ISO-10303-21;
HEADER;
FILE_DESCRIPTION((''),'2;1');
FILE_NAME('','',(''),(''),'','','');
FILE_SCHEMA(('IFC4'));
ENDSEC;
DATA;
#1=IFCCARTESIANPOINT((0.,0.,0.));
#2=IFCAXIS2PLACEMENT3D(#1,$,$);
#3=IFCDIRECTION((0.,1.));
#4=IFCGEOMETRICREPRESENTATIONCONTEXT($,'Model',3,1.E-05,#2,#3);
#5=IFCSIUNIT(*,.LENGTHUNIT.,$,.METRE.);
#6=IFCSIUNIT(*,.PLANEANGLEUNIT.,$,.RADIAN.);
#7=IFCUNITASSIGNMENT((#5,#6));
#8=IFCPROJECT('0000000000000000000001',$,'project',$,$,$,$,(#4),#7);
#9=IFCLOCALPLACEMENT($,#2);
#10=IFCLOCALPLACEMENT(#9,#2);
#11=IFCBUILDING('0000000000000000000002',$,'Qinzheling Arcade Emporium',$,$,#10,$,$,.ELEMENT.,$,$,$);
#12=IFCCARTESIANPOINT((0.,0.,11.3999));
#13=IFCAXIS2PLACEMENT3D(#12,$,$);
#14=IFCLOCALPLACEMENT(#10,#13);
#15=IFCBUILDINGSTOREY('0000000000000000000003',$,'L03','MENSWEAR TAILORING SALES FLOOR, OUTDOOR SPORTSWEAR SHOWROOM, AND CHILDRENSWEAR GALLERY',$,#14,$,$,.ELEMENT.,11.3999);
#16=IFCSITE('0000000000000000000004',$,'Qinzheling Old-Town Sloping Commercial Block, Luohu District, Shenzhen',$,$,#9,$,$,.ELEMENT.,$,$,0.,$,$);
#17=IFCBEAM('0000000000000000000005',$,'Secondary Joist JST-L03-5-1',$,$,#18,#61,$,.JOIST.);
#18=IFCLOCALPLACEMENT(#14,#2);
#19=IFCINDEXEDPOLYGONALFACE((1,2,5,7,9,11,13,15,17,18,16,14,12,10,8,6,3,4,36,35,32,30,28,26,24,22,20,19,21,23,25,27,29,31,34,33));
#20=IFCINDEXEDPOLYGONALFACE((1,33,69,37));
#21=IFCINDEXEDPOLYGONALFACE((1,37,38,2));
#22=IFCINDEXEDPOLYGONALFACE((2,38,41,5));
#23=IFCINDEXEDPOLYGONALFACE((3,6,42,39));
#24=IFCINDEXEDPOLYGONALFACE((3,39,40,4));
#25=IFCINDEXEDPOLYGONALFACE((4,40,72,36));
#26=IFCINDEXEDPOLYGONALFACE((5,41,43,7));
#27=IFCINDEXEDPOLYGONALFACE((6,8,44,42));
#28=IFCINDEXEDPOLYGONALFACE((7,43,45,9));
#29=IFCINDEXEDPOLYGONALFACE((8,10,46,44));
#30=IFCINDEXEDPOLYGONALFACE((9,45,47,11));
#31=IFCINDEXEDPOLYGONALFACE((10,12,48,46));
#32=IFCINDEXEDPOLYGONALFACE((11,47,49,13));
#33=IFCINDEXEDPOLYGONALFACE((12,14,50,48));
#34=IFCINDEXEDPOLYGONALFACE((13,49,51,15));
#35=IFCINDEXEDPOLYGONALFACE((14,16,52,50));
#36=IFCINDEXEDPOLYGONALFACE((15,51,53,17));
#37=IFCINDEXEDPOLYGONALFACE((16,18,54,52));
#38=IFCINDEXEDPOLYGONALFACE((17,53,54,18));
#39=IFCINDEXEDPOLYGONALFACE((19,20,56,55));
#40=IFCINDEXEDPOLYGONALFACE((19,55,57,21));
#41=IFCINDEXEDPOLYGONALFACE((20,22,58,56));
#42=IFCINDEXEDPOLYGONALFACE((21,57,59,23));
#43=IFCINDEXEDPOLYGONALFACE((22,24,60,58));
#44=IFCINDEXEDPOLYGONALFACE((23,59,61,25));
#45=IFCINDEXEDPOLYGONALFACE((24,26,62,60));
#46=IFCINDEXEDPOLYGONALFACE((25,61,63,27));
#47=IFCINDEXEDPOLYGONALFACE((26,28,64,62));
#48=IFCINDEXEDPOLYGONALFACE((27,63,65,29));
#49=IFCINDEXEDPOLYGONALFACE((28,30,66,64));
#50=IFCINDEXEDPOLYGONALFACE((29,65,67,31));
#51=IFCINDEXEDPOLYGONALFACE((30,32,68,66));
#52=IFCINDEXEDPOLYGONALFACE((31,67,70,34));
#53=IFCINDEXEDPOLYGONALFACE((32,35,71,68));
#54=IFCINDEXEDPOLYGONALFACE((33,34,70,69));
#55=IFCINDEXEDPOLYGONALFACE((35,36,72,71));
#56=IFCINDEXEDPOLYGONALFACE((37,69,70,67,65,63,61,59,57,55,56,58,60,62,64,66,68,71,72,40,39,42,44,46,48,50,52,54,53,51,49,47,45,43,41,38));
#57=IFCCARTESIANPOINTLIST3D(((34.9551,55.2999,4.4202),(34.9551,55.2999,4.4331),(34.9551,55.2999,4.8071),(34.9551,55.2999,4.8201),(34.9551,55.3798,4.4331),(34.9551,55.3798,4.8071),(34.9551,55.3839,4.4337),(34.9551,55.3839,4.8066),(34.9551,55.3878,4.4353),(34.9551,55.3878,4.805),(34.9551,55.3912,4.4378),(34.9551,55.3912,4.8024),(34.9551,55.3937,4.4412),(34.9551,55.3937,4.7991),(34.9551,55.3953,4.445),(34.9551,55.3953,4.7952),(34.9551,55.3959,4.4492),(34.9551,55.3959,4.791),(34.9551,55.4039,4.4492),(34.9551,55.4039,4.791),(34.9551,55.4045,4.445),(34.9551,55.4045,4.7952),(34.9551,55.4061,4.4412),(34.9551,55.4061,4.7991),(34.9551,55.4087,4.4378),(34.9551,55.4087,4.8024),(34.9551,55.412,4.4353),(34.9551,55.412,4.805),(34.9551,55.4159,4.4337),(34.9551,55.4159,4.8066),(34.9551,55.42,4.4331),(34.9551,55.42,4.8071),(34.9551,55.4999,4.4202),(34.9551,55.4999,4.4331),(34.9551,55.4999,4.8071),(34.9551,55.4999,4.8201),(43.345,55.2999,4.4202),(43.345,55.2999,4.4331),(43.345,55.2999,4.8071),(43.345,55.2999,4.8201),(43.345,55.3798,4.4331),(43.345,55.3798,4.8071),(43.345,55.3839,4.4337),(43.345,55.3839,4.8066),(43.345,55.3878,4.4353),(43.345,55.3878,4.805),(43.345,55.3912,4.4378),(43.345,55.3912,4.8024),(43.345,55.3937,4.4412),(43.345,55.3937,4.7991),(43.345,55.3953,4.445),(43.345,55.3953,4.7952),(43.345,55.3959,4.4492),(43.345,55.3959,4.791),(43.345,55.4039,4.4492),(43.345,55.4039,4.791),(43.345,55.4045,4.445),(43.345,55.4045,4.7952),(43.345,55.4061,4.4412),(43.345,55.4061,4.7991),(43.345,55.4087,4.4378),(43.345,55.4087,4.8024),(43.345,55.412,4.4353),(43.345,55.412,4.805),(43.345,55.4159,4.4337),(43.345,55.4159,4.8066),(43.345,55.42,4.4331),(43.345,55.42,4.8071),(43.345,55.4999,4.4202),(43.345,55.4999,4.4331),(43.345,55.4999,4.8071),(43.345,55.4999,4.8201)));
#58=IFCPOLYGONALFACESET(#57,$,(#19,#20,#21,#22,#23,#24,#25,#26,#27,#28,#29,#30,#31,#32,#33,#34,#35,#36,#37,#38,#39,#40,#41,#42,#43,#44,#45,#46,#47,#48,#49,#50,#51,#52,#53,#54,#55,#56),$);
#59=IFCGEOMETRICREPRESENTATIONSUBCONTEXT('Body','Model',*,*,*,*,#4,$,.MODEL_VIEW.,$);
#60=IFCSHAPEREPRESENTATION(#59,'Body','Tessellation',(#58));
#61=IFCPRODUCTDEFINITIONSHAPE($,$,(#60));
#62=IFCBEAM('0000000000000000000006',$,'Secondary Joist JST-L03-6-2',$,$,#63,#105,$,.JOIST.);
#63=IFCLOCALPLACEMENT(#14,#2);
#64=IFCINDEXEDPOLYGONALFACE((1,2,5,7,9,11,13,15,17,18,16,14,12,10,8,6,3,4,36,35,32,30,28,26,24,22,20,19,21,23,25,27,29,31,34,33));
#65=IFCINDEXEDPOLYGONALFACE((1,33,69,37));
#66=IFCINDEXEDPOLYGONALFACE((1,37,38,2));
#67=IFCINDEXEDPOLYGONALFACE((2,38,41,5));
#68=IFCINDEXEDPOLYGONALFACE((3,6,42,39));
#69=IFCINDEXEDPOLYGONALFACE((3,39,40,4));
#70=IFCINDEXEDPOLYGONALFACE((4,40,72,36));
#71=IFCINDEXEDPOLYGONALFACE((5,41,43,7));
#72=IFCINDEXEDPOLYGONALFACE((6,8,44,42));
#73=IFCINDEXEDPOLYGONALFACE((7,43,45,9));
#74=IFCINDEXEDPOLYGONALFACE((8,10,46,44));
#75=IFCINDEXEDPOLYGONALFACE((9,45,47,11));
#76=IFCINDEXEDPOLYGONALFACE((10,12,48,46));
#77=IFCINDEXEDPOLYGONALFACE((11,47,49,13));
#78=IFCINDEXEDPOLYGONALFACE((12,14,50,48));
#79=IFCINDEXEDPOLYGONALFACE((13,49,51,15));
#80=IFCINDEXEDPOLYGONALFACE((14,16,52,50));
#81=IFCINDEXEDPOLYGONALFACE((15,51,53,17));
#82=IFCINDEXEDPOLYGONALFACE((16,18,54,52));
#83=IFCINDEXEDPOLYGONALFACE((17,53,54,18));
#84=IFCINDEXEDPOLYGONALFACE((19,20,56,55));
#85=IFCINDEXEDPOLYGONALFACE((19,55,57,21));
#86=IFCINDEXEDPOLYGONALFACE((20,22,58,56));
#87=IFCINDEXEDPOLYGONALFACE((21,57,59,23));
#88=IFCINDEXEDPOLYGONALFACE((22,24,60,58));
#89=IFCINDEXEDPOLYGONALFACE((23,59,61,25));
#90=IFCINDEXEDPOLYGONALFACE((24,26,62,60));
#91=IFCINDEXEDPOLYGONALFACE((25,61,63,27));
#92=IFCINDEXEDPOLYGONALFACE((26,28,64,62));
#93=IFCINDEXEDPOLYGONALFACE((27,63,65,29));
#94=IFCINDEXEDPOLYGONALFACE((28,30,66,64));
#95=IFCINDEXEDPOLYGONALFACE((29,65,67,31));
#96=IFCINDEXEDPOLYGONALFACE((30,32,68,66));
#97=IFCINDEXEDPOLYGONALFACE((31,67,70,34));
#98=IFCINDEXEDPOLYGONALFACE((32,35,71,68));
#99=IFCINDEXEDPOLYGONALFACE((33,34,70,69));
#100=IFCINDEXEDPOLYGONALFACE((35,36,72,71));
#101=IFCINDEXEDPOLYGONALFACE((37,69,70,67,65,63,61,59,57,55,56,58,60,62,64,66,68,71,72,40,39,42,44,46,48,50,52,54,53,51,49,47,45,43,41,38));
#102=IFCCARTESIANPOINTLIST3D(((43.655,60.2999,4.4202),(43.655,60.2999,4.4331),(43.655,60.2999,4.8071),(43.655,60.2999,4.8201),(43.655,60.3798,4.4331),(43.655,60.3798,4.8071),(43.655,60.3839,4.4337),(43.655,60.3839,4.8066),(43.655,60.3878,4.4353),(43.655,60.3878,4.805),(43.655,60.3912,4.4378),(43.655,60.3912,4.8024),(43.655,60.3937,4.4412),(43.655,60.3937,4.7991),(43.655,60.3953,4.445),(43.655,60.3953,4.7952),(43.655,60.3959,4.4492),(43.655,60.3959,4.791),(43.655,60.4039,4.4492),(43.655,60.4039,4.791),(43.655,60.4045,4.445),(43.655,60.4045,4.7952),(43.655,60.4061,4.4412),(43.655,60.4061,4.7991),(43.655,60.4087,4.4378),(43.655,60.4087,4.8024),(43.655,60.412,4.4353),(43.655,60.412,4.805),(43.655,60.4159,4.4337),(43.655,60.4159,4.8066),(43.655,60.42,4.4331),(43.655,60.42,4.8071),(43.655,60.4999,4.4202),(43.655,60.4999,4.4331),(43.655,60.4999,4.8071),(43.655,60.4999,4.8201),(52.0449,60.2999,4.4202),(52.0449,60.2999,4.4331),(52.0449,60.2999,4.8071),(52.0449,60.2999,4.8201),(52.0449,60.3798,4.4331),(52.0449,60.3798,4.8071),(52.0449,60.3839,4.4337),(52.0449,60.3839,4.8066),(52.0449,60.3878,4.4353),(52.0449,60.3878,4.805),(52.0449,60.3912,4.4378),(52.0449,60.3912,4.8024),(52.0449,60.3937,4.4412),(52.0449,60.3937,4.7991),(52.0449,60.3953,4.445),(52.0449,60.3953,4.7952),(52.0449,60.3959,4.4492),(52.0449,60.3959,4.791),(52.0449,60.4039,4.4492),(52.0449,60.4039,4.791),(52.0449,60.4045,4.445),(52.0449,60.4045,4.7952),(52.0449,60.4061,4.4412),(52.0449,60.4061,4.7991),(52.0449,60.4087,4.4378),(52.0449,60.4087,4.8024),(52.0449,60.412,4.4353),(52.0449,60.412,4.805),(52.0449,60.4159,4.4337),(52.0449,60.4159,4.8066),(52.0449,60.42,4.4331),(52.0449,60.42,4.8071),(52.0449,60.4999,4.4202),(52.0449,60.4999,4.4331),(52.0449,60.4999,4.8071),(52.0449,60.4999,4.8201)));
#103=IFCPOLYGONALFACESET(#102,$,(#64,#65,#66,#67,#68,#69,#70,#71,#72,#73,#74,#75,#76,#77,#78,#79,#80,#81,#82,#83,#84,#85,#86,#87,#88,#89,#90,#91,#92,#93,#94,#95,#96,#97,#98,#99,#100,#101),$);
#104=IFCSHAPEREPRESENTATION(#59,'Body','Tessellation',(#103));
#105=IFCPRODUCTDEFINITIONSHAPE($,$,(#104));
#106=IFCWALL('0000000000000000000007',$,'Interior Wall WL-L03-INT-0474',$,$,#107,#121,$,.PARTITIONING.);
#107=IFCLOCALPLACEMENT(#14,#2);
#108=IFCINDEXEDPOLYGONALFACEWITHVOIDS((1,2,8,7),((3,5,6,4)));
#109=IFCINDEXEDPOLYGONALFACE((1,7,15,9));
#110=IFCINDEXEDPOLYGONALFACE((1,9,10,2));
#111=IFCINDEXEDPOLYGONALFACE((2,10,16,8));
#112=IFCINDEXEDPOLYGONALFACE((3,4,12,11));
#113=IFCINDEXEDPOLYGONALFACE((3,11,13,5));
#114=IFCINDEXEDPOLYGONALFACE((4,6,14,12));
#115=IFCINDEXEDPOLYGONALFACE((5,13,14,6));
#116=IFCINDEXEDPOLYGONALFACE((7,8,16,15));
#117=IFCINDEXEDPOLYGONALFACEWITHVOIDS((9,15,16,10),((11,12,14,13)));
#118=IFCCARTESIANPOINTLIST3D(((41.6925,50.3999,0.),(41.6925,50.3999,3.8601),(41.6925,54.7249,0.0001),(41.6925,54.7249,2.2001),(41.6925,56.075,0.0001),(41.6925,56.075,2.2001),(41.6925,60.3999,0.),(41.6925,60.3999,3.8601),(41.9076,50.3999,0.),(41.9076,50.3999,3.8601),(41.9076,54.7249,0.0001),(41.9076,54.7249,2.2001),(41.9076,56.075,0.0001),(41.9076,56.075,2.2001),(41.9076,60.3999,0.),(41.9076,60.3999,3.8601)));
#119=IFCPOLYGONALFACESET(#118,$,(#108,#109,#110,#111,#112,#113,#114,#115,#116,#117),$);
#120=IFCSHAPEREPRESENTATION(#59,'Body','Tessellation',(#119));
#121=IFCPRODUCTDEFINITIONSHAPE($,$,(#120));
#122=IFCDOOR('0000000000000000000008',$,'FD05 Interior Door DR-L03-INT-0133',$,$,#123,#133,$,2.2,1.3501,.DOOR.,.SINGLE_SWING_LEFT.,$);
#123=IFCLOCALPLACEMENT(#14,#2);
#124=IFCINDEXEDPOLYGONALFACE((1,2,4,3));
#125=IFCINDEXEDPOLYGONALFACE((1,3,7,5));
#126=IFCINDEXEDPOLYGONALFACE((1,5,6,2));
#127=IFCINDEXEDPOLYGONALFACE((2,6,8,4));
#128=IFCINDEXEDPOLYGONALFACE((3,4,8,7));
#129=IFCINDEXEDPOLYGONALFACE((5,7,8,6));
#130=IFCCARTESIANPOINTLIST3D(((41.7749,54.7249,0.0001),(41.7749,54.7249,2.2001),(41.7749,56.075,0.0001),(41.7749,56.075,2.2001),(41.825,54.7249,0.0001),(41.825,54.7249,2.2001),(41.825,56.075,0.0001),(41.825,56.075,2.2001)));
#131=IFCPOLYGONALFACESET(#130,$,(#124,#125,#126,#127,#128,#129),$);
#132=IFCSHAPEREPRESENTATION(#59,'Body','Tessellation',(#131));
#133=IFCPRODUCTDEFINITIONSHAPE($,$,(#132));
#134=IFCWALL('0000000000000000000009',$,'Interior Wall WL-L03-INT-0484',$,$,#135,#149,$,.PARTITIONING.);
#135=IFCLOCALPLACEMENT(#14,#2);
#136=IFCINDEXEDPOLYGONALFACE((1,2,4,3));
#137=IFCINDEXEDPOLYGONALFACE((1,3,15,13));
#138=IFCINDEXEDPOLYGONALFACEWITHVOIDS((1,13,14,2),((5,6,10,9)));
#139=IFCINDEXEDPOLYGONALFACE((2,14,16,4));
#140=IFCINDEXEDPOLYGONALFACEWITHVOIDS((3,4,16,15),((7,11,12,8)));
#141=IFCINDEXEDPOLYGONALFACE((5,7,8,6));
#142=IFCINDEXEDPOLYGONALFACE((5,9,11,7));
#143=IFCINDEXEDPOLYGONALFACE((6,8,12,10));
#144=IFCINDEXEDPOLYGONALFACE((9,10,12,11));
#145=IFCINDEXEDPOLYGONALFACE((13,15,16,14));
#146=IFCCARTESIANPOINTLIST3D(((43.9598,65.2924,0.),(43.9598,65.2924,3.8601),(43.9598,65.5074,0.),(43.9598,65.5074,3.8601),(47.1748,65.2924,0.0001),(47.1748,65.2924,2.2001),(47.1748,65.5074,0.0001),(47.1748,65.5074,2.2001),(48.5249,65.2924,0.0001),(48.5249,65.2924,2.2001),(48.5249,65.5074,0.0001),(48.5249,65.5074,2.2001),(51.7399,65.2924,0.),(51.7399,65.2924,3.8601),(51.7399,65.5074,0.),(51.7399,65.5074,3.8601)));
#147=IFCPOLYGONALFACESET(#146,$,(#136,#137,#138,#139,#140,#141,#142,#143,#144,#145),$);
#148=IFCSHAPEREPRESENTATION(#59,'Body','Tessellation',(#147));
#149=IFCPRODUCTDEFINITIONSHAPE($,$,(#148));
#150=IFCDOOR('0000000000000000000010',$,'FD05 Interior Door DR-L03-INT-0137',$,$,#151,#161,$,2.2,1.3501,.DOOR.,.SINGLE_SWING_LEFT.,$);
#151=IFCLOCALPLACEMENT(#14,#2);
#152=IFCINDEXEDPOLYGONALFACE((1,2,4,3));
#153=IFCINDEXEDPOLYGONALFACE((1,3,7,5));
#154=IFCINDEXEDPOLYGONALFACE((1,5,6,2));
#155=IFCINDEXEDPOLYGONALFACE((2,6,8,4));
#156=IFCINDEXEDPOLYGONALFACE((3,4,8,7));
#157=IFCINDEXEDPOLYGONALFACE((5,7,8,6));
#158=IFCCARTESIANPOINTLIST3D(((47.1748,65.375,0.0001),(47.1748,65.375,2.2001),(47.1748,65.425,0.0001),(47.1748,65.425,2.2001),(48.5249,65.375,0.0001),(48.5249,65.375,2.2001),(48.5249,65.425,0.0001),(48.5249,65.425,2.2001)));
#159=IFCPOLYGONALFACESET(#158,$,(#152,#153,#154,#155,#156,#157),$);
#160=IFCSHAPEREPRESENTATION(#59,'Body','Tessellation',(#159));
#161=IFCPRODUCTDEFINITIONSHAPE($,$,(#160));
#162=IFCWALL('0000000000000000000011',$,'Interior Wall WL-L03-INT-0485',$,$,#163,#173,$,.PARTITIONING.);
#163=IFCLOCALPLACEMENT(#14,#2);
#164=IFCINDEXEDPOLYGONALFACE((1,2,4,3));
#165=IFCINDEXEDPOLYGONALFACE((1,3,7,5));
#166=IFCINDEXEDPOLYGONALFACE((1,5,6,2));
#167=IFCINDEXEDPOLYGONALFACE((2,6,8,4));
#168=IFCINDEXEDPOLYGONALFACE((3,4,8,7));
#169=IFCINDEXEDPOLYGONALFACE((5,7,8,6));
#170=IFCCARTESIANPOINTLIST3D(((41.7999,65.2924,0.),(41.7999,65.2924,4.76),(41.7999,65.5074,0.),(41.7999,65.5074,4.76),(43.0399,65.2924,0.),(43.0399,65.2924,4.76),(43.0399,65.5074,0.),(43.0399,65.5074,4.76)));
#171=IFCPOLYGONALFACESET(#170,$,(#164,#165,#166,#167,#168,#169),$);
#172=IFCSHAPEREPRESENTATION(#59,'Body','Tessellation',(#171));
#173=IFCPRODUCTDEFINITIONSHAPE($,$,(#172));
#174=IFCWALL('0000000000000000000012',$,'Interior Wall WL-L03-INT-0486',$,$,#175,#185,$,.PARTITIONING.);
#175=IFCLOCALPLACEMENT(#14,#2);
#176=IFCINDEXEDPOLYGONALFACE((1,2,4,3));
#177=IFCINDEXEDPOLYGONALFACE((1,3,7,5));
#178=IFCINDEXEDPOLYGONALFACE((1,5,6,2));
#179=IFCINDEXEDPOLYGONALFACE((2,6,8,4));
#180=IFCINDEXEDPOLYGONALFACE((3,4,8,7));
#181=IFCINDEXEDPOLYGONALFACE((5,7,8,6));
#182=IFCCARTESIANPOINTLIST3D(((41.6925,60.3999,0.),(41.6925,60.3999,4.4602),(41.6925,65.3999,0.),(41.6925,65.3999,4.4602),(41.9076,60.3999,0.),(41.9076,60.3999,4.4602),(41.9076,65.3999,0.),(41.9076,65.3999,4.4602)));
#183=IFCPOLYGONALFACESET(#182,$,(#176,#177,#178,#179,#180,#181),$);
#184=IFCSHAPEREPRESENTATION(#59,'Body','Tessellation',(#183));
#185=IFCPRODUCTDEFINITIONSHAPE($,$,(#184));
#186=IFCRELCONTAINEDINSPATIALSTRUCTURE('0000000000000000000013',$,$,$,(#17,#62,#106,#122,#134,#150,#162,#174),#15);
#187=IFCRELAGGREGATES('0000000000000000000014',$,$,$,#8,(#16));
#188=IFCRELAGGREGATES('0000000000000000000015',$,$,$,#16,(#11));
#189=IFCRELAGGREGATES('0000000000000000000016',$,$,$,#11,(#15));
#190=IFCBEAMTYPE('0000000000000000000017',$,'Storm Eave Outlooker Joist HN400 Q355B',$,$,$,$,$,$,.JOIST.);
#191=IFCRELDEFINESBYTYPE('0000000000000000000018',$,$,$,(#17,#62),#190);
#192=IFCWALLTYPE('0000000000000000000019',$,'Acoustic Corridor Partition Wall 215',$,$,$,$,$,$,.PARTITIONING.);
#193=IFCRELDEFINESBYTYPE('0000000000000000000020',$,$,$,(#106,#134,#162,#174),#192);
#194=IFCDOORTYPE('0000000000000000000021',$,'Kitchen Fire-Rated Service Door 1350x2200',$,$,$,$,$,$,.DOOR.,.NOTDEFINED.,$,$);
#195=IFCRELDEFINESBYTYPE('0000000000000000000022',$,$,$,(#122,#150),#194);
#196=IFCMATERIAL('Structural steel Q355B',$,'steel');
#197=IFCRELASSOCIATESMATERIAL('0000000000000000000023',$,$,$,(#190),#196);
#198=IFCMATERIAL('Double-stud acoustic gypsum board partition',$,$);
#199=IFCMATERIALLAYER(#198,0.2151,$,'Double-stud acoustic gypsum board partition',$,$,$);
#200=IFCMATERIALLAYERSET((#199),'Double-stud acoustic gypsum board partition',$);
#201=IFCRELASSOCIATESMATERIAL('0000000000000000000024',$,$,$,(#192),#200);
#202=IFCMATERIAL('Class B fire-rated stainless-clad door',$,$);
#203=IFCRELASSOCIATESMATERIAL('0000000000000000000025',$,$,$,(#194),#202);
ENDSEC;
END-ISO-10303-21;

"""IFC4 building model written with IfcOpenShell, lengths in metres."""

from ifc_helpers import new_model, si_unit, direction, frame, frame_2d, origin, origin_2d, place, context, subcontext, project, spatial, rectangle, i_section, extrude, material, layer, layer_set, material_profile, profile_set, type_object, element, fill, save


model = new_model("IFC4")

# Units and contexts
model_context = context("Model", 3, precision=1e-05, world=origin(), true_north=direction((0.0, 1.0)))
body_context = subcontext(model_context, "Body", "Model", "MODEL_VIEW")
ifc_project = project(units=[si_unit("LENGTHUNIT", "METRE"), si_unit("PLANEANGLEUNIT", "RADIAN")], contexts=[model_context])

# Site, building, storey
site_placement = place(None, origin())
site = spatial("IfcSite", under=ifc_project, at=site_placement, Name="Qinzheling Old-Town Sloping Commercial Block, Luohu District, Shenzhen", CompositionType="ELEMENT", RefElevation=0.0)
building_placement = place(site_placement, origin())
building = spatial("IfcBuilding", under=site, at=building_placement, Name="Qinzheling Arcade Emporium", CompositionType="ELEMENT")
storey_placement = place(building_placement, frame((0.0, 0.0, 11.3999)))
storey = spatial("IfcBuildingStorey", under=building, at=storey_placement, Name="L03", Description="MENSWEAR TAILORING SALES FLOOR, OUTDOOR SPORTSWEAR SHOWROOM, AND CHILDRENSWEAR GALLERY", CompositionType="ELEMENT", Elevation=11.3999)

# Beams
ifc_material_1 = material(Name="Structural steel Q355B", Category="steel")
ifc_material_profile_1 = material_profile(ifc_material_1, i_section(OverallWidth=0.2, OverallDepth=0.3999, WebThickness=0.0081, FlangeThickness=0.0129, FilletRadius=0.0161, at=origin_2d()), Name="HN 400x200x8x13", Category="steel")
ifc_profile_set_1 = profile_set([ifc_material_profile_1], Name="Structural steel Q355B")
beam_type_1 = type_object("IfcBeamType", Name="Storm Eave Outlooker Joist HN400 Q355B", PredefinedType="JOIST", material=ifc_profile_set_1)
for number, where, z_axis, x_axis, name in (
    (1, (34.9551, 55.3999, 4.6201), (1.0, 0.0, 0.0), (0.0, 1.0, 0.0), "Secondary Joist JST-L03-5-1"),
    (2, (43.655, 60.3999, 4.6201), (1.0, 0.0, 0.0), (0.0, 1.0, 0.0), "Secondary Joist JST-L03-6-2"),
):
    element("IfcBeam", number, at=place(storey_placement, frame(where, z_axis=z_axis, x_axis=x_axis)), inside=storey, type_object=beam_type_1, Name=name, PredefinedType="JOIST", context=body_context, shape_type="SweptSolid", body=[
        extrude(i_section(OverallWidth=0.2, OverallDepth=0.3999, WebThickness=0.0081, FlangeThickness=0.0129, FilletRadius=0.0161, at=origin_2d()), origin(), (0.0, 0.0, 1.0), 8.3899),
    ])

# Walls, openings, doors
ifc_material_2 = material(Name="Double-stud acoustic gypsum board partition")
ifc_layer_1 = layer(ifc_material_2, 0.2151, Name="Double-stud acoustic gypsum board partition")
ifc_layer_set_1 = layer_set([ifc_layer_1], Name="Double-stud acoustic gypsum board partition")
wall_type_1 = type_object("IfcWallType", Name="Acoustic Corridor Partition Wall 215", PredefinedType="PARTITIONING", material=ifc_layer_set_1)
wall_1_placement = place(storey_placement, frame((41.8, 60.3999, 0.0), z_axis=(0.0, 0.0, 1.0), x_axis=(0.0, -1.0, 0.0)))
wall_1 = element("IfcWall", 3, at=wall_1_placement, inside=storey, type_object=wall_type_1, Name="Interior Wall WL-L03-INT-0474", PredefinedType="PARTITIONING", context=body_context, shape_type="SweptSolid", body=[
    extrude(rectangle(XDim=10.0, YDim=0.2151, at=frame_2d((5.0, 0.0))), origin(), (0.0, 0.0, 1.0), 3.8601),
])
opening_1_placement = place(wall_1_placement, frame((4.325, 0.0, 0.0)))
opening_1 = element("IfcOpeningElement", 4, at=opening_1_placement, cuts=wall_1, PredefinedType="OPENING", context=body_context, shape_type="SweptSolid", body=[
    extrude(rectangle(XDim=1.3501, YDim=2.2, at=frame_2d((0.675, 1.1001))), frame((0.0, 0.1177, 0.0), z_axis=(0.0, -1.0, 0.0), x_axis=(1.0, 0.0, 0.0)), (0.0, 0.0, 1.0), 0.2351),
])
ifc_material_3 = material(Name="Class B fire-rated stainless-clad door")
door_type = type_object("IfcDoorType", Name="Kitchen Fire-Rated Service Door 1350x2200", OperationType="NOTDEFINED", PredefinedType="DOOR", material=ifc_material_3)
door_1_placement = place(opening_1_placement, origin())
door_1 = element("IfcDoor", 5, at=door_1_placement, inside=storey, type_object=door_type, Name="FD05 Interior Door DR-L03-INT-0133", OperationType="SINGLE_SWING_LEFT", OverallHeight=2.2, OverallWidth=1.3501, PredefinedType="DOOR", context=body_context, shape_type="SweptSolid", body=[
    extrude(rectangle(XDim=1.3501, YDim=2.2, at=frame_2d((0.675, 1.1001))), frame((0.0, 0.0249, 0.0), z_axis=(0.0, -1.0, 0.0), x_axis=(1.0, 0.0, 0.0)), (0.0, 0.0, 1.0), 0.05),
])
fill(opening_1, door_1)
wall_2_placement = place(storey_placement, frame((51.74, 65.3999, 0.0), z_axis=(0.0, 0.0, 1.0), x_axis=(-1.0, 0.0, 0.0)))
wall_2 = element("IfcWall", 6, at=wall_2_placement, inside=storey, type_object=wall_type_1, Name="Interior Wall WL-L03-INT-0484", PredefinedType="PARTITIONING", context=body_context, shape_type="SweptSolid", body=[
    extrude(rectangle(XDim=7.78, YDim=0.2151, at=frame_2d((3.8901, 0.0))), origin(), (0.0, 0.0, 1.0), 3.8601),
])
opening_2_placement = place(wall_2_placement, frame((3.2151, 0.0, 0.0)))
opening_2 = element("IfcOpeningElement", 7, at=opening_2_placement, cuts=wall_2, PredefinedType="OPENING", context=body_context, shape_type="SweptSolid", body=[
    extrude(rectangle(XDim=1.3501, YDim=2.2, at=frame_2d((0.675, 1.1001))), frame((0.0, 0.1177, 0.0), z_axis=(0.0, -1.0, 0.0), x_axis=(1.0, 0.0, 0.0)), (0.0, 0.0, 1.0), 0.2351),
])
door_2_placement = place(opening_2_placement, origin())
door_2 = element("IfcDoor", 8, at=door_2_placement, inside=storey, type_object=door_type, Name="FD05 Interior Door DR-L03-INT-0137", OperationType="SINGLE_SWING_LEFT", OverallHeight=2.2, OverallWidth=1.3501, PredefinedType="DOOR", context=body_context, shape_type="SweptSolid", body=[
    extrude(rectangle(XDim=1.3501, YDim=2.2, at=frame_2d((0.675, 1.1001))), frame((0.0, 0.0249, 0.0), z_axis=(0.0, -1.0, 0.0), x_axis=(1.0, 0.0, 0.0)), (0.0, 0.0, 1.0), 0.05),
])
fill(opening_2, door_2)

# Walls
wall_3_placement = place(storey_placement, frame((43.04, 65.3999, 0.0), z_axis=(0.0, 0.0, 1.0), x_axis=(-1.0, 0.0, 0.0)))
element("IfcWall", 9, at=wall_3_placement, inside=storey, type_object=wall_type_1, Name="Interior Wall WL-L03-INT-0485", PredefinedType="PARTITIONING", context=body_context, shape_type="SweptSolid", body=[
    extrude(rectangle(XDim=1.24, YDim=0.2151, at=frame_2d((0.6201, 0.0))), origin(), (0.0, 0.0, 1.0), 4.76),
])
wall_4_placement = place(storey_placement, frame((41.8, 65.3999, 0.0), z_axis=(0.0, 0.0, 1.0), x_axis=(0.0, -1.0, 0.0)))
element("IfcWall", 10, at=wall_4_placement, inside=storey, type_object=wall_type_1, Name="Interior Wall WL-L03-INT-0486", PredefinedType="PARTITIONING", context=body_context, shape_type="SweptSolid", body=[
    extrude(rectangle(XDim=5.0, YDim=0.2151, at=frame_2d((2.5, 0.0))), origin(), (0.0, 0.0, 1.0), 4.4602),
])

save(model, "model.ifc")
